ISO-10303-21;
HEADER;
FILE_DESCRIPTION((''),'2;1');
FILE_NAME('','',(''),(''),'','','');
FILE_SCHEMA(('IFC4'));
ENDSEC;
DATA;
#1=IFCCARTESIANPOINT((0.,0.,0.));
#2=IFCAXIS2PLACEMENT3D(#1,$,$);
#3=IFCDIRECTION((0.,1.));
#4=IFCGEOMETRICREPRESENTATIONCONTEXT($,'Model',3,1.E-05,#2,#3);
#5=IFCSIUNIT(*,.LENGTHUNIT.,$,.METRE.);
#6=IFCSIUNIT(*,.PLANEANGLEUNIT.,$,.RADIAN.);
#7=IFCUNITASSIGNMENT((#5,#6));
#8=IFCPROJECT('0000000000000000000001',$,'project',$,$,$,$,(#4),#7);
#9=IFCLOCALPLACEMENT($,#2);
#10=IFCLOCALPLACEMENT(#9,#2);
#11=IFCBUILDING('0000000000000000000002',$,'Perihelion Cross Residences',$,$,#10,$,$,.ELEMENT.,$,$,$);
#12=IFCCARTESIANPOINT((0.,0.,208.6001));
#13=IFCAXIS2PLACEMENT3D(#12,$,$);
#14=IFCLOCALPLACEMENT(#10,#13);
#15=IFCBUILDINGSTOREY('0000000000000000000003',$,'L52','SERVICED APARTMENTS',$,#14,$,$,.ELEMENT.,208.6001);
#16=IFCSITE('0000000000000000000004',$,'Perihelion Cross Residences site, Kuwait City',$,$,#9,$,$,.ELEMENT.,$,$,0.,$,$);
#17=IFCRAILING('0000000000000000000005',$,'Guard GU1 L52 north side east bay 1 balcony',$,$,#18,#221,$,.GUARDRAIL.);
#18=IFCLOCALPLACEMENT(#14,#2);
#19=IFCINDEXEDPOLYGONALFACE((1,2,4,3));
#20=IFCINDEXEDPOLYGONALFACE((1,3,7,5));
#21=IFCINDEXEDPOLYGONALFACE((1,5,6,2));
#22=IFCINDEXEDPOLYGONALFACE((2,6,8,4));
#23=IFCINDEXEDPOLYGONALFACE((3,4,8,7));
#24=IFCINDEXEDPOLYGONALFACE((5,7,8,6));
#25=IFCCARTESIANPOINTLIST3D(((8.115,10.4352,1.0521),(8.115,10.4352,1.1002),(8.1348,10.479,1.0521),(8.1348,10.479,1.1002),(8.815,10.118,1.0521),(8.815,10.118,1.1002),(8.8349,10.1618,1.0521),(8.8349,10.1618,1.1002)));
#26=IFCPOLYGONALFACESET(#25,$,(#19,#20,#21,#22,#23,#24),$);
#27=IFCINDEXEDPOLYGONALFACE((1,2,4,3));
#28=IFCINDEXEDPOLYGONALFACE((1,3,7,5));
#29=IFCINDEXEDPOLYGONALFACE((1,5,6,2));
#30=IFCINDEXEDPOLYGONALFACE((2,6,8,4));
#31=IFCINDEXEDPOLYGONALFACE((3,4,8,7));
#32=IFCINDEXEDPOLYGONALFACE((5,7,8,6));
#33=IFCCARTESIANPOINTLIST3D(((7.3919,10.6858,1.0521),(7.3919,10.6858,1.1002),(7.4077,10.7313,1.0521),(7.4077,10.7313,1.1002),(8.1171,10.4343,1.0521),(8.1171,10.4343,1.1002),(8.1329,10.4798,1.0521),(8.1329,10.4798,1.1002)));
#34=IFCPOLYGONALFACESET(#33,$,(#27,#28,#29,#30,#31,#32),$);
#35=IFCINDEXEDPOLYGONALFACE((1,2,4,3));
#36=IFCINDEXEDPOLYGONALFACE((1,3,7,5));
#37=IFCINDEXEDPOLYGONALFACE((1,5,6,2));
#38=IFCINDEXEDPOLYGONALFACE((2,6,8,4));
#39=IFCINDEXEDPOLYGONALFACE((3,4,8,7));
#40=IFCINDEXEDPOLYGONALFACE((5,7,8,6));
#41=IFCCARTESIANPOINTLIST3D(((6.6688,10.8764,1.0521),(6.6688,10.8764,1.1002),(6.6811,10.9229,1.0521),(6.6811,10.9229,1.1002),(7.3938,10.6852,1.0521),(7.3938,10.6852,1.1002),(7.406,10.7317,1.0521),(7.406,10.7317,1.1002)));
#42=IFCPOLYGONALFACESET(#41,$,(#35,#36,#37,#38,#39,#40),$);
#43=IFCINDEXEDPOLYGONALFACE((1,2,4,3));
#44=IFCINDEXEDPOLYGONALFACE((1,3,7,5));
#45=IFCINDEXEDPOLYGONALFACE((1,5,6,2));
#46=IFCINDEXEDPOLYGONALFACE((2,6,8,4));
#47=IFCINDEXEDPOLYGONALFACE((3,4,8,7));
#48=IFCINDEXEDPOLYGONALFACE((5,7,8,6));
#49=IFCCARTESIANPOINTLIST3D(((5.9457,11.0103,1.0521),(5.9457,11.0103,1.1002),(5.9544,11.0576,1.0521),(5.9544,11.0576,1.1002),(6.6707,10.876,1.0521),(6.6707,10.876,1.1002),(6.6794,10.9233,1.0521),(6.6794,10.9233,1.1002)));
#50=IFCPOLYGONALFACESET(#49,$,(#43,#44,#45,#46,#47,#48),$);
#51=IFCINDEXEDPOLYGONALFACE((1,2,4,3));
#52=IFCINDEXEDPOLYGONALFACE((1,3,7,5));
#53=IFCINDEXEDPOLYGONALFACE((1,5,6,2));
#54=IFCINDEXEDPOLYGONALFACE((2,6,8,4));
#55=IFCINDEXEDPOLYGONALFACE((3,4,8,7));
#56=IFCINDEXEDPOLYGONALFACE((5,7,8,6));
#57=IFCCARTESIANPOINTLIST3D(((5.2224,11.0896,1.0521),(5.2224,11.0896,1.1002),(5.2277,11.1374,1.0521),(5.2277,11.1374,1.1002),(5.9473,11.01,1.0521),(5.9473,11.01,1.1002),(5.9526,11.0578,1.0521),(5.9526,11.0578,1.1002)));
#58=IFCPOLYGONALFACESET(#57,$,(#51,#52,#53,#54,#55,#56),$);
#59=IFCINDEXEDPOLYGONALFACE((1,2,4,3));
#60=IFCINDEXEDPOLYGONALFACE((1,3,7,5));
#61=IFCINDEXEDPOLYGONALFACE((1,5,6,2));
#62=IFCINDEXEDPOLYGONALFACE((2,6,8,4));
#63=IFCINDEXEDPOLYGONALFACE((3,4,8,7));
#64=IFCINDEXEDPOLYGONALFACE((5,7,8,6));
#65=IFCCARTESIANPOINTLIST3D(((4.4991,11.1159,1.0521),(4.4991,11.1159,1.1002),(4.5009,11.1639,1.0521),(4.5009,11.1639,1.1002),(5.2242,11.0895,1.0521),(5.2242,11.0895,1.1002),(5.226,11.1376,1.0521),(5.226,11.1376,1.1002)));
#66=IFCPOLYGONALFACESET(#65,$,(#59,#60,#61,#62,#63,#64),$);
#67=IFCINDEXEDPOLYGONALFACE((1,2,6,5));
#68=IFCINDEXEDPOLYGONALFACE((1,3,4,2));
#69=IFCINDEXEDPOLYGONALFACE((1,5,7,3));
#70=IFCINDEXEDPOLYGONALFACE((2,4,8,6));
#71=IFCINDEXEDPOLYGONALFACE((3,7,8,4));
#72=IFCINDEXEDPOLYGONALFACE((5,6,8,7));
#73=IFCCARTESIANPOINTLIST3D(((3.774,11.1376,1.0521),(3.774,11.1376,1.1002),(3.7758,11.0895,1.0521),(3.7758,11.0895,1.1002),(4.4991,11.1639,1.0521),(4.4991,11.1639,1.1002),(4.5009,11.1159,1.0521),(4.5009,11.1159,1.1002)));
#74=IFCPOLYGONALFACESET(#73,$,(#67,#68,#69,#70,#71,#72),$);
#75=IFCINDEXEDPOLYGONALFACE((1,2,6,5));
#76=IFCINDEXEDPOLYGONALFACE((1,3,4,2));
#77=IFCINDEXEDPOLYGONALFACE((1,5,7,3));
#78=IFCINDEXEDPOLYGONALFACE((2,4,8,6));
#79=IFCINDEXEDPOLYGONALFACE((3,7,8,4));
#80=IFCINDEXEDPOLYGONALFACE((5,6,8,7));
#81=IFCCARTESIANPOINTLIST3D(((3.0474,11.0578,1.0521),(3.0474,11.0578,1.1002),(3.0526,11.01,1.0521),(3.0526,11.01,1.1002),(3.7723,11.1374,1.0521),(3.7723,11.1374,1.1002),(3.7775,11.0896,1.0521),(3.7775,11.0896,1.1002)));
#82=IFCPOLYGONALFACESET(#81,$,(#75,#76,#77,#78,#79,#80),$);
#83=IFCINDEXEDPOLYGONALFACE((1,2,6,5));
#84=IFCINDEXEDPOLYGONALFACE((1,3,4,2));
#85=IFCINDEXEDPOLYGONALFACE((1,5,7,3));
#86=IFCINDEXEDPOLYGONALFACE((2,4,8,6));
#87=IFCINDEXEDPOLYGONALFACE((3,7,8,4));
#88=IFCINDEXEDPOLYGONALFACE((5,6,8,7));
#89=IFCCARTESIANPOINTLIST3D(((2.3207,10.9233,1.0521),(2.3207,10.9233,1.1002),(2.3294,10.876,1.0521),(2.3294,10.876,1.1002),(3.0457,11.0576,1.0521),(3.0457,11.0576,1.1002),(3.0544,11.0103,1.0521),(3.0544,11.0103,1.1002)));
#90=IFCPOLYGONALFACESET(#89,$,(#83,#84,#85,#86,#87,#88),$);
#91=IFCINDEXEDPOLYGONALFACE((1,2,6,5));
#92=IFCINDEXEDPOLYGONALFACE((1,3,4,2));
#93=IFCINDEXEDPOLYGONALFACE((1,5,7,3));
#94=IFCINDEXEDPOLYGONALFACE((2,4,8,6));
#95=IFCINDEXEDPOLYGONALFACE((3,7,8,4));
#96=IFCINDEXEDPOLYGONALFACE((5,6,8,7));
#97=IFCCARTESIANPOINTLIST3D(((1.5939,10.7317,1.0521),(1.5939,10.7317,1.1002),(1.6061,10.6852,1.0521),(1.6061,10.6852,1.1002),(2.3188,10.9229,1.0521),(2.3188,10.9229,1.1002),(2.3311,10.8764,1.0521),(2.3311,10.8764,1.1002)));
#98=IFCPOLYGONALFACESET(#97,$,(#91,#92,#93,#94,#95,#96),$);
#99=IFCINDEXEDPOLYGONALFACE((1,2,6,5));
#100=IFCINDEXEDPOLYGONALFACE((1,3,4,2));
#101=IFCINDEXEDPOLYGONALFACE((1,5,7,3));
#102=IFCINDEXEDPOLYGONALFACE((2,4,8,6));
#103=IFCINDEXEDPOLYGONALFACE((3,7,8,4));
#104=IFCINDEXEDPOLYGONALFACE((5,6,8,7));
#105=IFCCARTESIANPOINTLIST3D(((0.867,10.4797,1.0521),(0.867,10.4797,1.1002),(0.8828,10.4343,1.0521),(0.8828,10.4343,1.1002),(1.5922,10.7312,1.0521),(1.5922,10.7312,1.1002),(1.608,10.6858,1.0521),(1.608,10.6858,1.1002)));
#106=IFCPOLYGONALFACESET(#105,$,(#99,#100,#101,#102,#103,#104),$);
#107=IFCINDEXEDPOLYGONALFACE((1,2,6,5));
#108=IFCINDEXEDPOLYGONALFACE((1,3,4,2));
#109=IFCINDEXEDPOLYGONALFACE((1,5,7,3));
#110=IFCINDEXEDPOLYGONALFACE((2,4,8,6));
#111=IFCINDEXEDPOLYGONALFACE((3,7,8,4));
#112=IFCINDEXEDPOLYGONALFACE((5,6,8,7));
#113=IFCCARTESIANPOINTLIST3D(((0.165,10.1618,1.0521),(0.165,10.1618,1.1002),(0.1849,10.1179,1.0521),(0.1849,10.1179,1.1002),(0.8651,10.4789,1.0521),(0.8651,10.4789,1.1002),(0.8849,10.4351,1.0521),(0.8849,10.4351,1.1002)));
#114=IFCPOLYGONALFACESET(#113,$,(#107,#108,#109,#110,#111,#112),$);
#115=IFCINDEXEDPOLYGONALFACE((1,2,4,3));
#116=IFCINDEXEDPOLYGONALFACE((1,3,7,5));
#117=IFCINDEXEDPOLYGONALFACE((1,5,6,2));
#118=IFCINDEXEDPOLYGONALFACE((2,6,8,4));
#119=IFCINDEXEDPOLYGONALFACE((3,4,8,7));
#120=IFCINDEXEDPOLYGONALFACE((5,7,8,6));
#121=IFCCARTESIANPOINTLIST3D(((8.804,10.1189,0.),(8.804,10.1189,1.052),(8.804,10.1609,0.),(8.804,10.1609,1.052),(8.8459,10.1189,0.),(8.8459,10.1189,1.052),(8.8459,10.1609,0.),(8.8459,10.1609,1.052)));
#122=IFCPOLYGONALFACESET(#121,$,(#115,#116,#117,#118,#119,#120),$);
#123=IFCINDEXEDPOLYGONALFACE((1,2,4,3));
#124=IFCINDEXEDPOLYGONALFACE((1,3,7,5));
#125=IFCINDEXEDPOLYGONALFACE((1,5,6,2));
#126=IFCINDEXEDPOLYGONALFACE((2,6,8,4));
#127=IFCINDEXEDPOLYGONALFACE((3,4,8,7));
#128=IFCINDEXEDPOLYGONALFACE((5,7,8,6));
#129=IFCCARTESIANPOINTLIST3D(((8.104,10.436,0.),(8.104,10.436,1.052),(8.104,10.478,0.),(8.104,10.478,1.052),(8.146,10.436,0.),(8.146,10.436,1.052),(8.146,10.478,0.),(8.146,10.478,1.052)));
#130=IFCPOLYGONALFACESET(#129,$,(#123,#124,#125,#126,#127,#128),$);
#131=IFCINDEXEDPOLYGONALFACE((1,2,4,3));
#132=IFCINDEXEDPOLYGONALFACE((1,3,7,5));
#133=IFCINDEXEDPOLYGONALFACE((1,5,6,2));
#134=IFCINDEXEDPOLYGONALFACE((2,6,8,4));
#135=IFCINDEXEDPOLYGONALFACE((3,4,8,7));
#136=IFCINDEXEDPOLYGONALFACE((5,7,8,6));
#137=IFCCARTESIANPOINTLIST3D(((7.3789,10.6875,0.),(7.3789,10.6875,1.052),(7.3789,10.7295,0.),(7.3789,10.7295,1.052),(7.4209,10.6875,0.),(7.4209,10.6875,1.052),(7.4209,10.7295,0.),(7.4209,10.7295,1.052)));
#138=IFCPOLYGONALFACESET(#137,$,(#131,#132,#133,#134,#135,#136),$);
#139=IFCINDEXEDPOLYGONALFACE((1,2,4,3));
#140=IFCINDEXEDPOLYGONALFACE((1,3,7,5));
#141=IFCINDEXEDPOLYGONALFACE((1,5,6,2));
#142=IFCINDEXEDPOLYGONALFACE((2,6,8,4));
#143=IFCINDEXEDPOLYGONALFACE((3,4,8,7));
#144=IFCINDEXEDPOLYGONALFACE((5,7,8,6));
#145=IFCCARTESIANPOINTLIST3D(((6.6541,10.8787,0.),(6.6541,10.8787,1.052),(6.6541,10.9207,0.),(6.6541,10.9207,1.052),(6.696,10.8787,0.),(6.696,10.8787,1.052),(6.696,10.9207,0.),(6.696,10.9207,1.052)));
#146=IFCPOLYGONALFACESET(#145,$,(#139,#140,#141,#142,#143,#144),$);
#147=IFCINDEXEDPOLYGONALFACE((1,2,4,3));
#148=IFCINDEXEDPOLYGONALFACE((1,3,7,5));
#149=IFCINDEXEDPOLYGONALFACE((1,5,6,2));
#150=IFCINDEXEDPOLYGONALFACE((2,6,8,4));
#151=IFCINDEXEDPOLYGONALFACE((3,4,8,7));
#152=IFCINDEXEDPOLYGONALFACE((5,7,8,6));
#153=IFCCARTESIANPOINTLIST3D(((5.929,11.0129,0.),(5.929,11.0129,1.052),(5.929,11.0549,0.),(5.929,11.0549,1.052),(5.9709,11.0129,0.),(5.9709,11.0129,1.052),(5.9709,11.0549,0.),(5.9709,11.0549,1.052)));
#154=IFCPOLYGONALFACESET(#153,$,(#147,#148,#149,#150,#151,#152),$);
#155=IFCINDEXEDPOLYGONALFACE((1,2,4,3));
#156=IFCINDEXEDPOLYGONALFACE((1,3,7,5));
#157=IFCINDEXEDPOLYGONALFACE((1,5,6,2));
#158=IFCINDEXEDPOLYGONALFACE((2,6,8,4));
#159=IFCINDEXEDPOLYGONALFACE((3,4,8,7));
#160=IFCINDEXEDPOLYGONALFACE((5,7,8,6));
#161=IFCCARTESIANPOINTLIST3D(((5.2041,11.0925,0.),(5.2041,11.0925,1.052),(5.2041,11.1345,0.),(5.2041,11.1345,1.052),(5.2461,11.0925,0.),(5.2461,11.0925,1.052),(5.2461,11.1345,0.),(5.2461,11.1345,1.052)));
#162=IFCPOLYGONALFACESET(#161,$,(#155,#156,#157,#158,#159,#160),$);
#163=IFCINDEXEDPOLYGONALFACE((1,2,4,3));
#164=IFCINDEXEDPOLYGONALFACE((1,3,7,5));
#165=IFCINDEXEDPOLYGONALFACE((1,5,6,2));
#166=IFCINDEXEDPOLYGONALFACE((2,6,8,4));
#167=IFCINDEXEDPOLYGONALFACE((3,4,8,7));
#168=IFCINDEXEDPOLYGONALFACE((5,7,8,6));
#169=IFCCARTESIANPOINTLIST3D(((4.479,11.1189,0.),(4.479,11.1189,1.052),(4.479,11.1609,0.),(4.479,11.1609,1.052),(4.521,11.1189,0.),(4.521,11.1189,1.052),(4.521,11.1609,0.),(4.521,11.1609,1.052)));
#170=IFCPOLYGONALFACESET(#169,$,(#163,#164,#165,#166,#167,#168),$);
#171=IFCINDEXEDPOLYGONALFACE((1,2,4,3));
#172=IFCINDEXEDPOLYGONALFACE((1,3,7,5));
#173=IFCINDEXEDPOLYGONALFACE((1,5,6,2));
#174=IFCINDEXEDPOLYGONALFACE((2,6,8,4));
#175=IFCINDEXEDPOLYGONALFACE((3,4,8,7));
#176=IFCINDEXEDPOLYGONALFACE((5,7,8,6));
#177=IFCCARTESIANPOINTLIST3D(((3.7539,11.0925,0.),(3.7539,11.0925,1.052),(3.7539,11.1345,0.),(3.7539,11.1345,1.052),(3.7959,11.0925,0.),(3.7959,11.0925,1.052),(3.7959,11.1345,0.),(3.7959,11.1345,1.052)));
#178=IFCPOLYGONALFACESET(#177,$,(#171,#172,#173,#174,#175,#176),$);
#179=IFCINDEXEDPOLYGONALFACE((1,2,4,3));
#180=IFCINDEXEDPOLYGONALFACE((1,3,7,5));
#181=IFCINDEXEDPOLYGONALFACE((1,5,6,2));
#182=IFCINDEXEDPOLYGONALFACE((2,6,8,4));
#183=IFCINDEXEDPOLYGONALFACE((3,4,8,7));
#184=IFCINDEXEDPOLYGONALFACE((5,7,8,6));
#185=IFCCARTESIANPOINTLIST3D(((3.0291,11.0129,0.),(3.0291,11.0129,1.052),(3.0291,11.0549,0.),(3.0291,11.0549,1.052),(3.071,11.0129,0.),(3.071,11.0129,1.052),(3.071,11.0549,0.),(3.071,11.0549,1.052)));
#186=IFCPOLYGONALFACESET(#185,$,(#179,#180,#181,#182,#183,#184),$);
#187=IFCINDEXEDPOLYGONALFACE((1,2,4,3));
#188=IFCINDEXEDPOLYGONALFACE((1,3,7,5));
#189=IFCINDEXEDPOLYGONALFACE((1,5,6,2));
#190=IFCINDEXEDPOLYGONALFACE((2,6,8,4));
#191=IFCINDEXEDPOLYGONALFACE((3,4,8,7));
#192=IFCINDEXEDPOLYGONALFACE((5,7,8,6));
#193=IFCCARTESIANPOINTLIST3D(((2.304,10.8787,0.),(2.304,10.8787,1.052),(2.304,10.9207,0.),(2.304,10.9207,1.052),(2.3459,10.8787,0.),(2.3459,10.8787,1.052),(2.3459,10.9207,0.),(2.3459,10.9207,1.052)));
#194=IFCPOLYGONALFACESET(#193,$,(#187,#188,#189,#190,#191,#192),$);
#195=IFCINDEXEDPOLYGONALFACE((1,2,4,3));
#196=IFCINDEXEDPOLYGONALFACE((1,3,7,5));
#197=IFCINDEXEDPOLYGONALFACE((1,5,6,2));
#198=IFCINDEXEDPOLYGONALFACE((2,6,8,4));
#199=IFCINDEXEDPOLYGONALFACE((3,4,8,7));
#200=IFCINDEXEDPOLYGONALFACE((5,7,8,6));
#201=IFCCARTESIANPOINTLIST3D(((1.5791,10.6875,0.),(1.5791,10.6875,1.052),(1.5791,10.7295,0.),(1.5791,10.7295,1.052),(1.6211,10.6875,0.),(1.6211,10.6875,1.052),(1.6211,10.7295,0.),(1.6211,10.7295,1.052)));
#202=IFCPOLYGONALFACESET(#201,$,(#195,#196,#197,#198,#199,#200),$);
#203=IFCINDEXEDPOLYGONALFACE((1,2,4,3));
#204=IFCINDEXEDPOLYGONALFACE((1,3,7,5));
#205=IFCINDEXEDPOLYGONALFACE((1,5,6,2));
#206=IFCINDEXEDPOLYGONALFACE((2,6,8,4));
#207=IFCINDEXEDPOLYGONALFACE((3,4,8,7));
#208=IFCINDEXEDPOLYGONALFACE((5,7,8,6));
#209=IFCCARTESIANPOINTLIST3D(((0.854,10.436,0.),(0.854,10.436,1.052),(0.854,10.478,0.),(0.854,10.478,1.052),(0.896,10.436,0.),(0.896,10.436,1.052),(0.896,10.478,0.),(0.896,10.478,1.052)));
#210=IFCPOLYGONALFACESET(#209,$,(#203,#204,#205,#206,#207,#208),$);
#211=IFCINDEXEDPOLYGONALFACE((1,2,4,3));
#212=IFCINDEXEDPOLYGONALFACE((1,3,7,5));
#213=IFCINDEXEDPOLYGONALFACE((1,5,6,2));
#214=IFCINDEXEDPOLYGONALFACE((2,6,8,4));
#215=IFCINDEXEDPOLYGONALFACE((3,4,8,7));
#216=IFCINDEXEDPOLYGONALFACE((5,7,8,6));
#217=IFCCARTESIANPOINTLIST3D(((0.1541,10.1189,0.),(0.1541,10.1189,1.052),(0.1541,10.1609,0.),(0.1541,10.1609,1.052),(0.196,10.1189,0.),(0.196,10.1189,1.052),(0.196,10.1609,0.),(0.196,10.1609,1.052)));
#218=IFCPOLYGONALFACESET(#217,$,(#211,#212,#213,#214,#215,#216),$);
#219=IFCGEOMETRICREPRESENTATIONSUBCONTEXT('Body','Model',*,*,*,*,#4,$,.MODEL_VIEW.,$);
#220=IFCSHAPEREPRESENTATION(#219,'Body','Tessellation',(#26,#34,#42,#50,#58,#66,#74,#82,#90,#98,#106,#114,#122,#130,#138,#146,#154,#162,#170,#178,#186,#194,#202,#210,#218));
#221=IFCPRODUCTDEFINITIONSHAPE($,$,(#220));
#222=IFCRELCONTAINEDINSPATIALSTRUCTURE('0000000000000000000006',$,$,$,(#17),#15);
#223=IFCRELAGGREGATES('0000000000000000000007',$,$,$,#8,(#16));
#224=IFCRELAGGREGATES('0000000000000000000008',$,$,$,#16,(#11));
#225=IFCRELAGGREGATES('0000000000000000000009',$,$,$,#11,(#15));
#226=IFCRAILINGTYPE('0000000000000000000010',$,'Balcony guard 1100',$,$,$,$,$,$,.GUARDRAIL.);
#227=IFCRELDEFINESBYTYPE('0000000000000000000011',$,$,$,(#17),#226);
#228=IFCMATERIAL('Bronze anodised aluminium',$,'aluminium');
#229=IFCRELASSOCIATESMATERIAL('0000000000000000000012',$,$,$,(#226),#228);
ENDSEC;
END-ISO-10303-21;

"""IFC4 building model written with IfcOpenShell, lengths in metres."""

from ifc_helpers import new_model, si_unit, direction, frame, origin, origin_2d, place, context, subcontext, project, spatial, rectangle, extrude, material, type_object, element, save


model = new_model("IFC4")

# Units and contexts
model_context = context("Model", 3, precision=1e-05, world=origin(), true_north=direction((0.0, 1.0)))
body_context = subcontext(model_context, "Body", "Model", "MODEL_VIEW")
ifc_project = project(units=[si_unit("LENGTHUNIT", "METRE"), si_unit("PLANEANGLEUNIT", "RADIAN")], contexts=[model_context])

# Site, building, storey
site_placement = place(None, origin())
site = spatial("IfcSite", under=ifc_project, at=site_placement, Name="Perihelion Cross Residences site, Kuwait City", CompositionType="ELEMENT", RefElevation=0.0)
building_placement = place(site_placement, origin())
building = spatial("IfcBuilding", under=site, at=building_placement, Name="Perihelion Cross Residences", CompositionType="ELEMENT")
storey_placement = place(building_placement, frame((0.0, 0.0, 208.6001)))
storey = spatial("IfcBuildingStorey", under=building, at=storey_placement, Name="L52", Description="SERVICED APARTMENTS", CompositionType="ELEMENT", Elevation=208.6001)

# Railing
ifc_material_1 = material(Name="Bronze anodised aluminium", Category="aluminium")
railing_type = type_object("IfcRailingType", Name="Balcony guard 1100", PredefinedType="GUARDRAIL", material=ifc_material_1)
railing_placement = place(storey_placement, frame((8.825, 10.1399, 0.0)))
element("IfcRailing", 1, at=railing_placement, inside=storey, type_object=railing_type, Name="Guard GU1 L52 north side east bay 1 balcony", PredefinedType="GUARDRAIL", context=body_context, shape_type="SweptSolid", body=[
    extrude(rectangle(XDim=0.0481, YDim=0.0481, at=origin_2d()), frame((0.0, 0.0, 1.0762), z_axis=(-0.910866, 0.412702, 0.0), x_axis=(-0.412702, -0.910866, 0.0)), (0.0, 0.0, 1.0), 0.7686),
    extrude(rectangle(XDim=0.0481, YDim=0.0481, at=origin_2d()), frame((-0.7, 0.3171, 1.0762), z_axis=(-0.944797, 0.327657, 0.0), x_axis=(-0.327657, -0.944797, 0.0)), (0.0, 0.0, 1.0), 0.7676),
    extrude(rectangle(XDim=0.0481, YDim=0.0481, at=origin_2d()), frame((-1.425, 0.5686, 1.0762), z_axis=(-0.966939, 0.255006, 0.0), x_axis=(-0.255006, -0.966939, 0.0)), (0.0, 0.0, 1.0), 0.7498),
    extrude(rectangle(XDim=0.0481, YDim=0.0481, at=origin_2d()), frame((-2.1499, 0.7598, 1.0762), z_axis=(-0.983282, 0.182089, 0.0), x_axis=(-0.182089, -0.983282, 0.0)), (0.0, 0.0, 1.0), 0.7373),
    extrude(rectangle(XDim=0.0481, YDim=0.0481, at=origin_2d()), frame((-2.875, 0.894, 1.0762), z_axis=(-0.994026, 0.109145, 0.0), x_axis=(-0.109145, -0.994026, 0.0)), (0.0, 0.0, 1.0), 0.7292),
    extrude(rectangle(XDim=0.0481, YDim=0.0481, at=origin_2d()), frame((-3.5999, 0.9736, 1.0762), z_axis=(-0.999339, 0.03634, 0.0), x_axis=(-0.03634, -0.999339, 0.0)), (0.0, 0.0, 1.0), 0.7256),
    extrude(rectangle(XDim=0.0481, YDim=0.0481, at=origin_2d()), frame((-4.325, 1.0, 1.0762), z_axis=(-0.999339, -0.03634, 0.0), x_axis=(0.03634, -0.999339, 0.0)), (0.0, 0.0, 1.0), 0.7256),
    extrude(rectangle(XDim=0.0481, YDim=0.0481, at=origin_2d()), frame((-5.05, 0.9736, 1.0762), z_axis=(-0.994026, -0.109145, 0.0), x_axis=(0.109145, -0.994026, 0.0)), (0.0, 0.0, 1.0), 0.7292),
    extrude(rectangle(XDim=0.0481, YDim=0.0481, at=origin_2d()), frame((-5.7749, 0.894, 1.0762), z_axis=(-0.983282, -0.182089, 0.0), x_axis=(0.182089, -0.983282, 0.0)), (0.0, 0.0, 1.0), 0.7373),
    extrude(rectangle(XDim=0.0481, YDim=0.0481, at=origin_2d()), frame((-6.5, 0.7598, 1.0762), z_axis=(-0.966939, -0.255006, 0.0), x_axis=(0.255006, -0.966939, 0.0)), (0.0, 0.0, 1.0), 0.7498),
    extrude(rectangle(XDim=0.0481, YDim=0.0481, at=origin_2d()), frame((-7.2249, 0.5686, 1.0762), z_axis=(-0.944797, -0.327657, 0.0), x_axis=(0.327657, -0.944797, 0.0)), (0.0, 0.0, 1.0), 0.7676),
    extrude(rectangle(XDim=0.0481, YDim=0.0481, at=origin_2d()), frame((-7.95, 0.3171, 1.0762), z_axis=(-0.910866, -0.412702, 0.0), x_axis=(0.412702, -0.910866, 0.0)), (0.0, 0.0, 1.0), 0.7686),
    extrude(rectangle(XDim=0.042, YDim=0.042, at=origin_2d()), origin(), (0.0, 0.0, 1.0), 1.052),
    extrude(rectangle(XDim=0.042, YDim=0.042, at=origin_2d()), frame((-0.7, 0.3171, 0.0)), (0.0, 0.0, 1.0), 1.052),
    extrude(rectangle(XDim=0.042, YDim=0.042, at=origin_2d()), frame((-1.425, 0.5686, 0.0)), (0.0, 0.0, 1.0), 1.052),
    extrude(rectangle(XDim=0.042, YDim=0.042, at=origin_2d()), frame((-2.1499, 0.7598, 0.0)), (0.0, 0.0, 1.0), 1.052),
    extrude(rectangle(XDim=0.042, YDim=0.042, at=origin_2d()), frame((-2.875, 0.894, 0.0)), (0.0, 0.0, 1.0), 1.052),
    extrude(rectangle(XDim=0.042, YDim=0.042, at=origin_2d()), frame((-3.5999, 0.9736, 0.0)), (0.0, 0.0, 1.0), 1.052),
    extrude(rectangle(XDim=0.042, YDim=0.042, at=origin_2d()), frame((-4.325, 1.0, 0.0)), (0.0, 0.0, 1.0), 1.052),
    extrude(rectangle(XDim=0.042, YDim=0.042, at=origin_2d()), frame((-5.05, 0.9736, 0.0)), (0.0, 0.0, 1.0), 1.052),
    extrude(rectangle(XDim=0.042, YDim=0.042, at=origin_2d()), frame((-5.7749, 0.894, 0.0)), (0.0, 0.0, 1.0), 1.052),
    extrude(rectangle(XDim=0.042, YDim=0.042, at=origin_2d()), frame((-6.5, 0.7598, 0.0)), (0.0, 0.0, 1.0), 1.052),
    extrude(rectangle(XDim=0.042, YDim=0.042, at=origin_2d()), frame((-7.2249, 0.5686, 0.0)), (0.0, 0.0, 1.0), 1.052),
    extrude(rectangle(XDim=0.042, YDim=0.042, at=origin_2d()), frame((-7.95, 0.3171, 0.0)), (0.0, 0.0, 1.0), 1.052),
    extrude(rectangle(XDim=0.042, YDim=0.042, at=origin_2d()), frame((-8.6499, 0.0, 0.0)), (0.0, 0.0, 1.0), 1.052),
])

save(model, "model.ifc")
